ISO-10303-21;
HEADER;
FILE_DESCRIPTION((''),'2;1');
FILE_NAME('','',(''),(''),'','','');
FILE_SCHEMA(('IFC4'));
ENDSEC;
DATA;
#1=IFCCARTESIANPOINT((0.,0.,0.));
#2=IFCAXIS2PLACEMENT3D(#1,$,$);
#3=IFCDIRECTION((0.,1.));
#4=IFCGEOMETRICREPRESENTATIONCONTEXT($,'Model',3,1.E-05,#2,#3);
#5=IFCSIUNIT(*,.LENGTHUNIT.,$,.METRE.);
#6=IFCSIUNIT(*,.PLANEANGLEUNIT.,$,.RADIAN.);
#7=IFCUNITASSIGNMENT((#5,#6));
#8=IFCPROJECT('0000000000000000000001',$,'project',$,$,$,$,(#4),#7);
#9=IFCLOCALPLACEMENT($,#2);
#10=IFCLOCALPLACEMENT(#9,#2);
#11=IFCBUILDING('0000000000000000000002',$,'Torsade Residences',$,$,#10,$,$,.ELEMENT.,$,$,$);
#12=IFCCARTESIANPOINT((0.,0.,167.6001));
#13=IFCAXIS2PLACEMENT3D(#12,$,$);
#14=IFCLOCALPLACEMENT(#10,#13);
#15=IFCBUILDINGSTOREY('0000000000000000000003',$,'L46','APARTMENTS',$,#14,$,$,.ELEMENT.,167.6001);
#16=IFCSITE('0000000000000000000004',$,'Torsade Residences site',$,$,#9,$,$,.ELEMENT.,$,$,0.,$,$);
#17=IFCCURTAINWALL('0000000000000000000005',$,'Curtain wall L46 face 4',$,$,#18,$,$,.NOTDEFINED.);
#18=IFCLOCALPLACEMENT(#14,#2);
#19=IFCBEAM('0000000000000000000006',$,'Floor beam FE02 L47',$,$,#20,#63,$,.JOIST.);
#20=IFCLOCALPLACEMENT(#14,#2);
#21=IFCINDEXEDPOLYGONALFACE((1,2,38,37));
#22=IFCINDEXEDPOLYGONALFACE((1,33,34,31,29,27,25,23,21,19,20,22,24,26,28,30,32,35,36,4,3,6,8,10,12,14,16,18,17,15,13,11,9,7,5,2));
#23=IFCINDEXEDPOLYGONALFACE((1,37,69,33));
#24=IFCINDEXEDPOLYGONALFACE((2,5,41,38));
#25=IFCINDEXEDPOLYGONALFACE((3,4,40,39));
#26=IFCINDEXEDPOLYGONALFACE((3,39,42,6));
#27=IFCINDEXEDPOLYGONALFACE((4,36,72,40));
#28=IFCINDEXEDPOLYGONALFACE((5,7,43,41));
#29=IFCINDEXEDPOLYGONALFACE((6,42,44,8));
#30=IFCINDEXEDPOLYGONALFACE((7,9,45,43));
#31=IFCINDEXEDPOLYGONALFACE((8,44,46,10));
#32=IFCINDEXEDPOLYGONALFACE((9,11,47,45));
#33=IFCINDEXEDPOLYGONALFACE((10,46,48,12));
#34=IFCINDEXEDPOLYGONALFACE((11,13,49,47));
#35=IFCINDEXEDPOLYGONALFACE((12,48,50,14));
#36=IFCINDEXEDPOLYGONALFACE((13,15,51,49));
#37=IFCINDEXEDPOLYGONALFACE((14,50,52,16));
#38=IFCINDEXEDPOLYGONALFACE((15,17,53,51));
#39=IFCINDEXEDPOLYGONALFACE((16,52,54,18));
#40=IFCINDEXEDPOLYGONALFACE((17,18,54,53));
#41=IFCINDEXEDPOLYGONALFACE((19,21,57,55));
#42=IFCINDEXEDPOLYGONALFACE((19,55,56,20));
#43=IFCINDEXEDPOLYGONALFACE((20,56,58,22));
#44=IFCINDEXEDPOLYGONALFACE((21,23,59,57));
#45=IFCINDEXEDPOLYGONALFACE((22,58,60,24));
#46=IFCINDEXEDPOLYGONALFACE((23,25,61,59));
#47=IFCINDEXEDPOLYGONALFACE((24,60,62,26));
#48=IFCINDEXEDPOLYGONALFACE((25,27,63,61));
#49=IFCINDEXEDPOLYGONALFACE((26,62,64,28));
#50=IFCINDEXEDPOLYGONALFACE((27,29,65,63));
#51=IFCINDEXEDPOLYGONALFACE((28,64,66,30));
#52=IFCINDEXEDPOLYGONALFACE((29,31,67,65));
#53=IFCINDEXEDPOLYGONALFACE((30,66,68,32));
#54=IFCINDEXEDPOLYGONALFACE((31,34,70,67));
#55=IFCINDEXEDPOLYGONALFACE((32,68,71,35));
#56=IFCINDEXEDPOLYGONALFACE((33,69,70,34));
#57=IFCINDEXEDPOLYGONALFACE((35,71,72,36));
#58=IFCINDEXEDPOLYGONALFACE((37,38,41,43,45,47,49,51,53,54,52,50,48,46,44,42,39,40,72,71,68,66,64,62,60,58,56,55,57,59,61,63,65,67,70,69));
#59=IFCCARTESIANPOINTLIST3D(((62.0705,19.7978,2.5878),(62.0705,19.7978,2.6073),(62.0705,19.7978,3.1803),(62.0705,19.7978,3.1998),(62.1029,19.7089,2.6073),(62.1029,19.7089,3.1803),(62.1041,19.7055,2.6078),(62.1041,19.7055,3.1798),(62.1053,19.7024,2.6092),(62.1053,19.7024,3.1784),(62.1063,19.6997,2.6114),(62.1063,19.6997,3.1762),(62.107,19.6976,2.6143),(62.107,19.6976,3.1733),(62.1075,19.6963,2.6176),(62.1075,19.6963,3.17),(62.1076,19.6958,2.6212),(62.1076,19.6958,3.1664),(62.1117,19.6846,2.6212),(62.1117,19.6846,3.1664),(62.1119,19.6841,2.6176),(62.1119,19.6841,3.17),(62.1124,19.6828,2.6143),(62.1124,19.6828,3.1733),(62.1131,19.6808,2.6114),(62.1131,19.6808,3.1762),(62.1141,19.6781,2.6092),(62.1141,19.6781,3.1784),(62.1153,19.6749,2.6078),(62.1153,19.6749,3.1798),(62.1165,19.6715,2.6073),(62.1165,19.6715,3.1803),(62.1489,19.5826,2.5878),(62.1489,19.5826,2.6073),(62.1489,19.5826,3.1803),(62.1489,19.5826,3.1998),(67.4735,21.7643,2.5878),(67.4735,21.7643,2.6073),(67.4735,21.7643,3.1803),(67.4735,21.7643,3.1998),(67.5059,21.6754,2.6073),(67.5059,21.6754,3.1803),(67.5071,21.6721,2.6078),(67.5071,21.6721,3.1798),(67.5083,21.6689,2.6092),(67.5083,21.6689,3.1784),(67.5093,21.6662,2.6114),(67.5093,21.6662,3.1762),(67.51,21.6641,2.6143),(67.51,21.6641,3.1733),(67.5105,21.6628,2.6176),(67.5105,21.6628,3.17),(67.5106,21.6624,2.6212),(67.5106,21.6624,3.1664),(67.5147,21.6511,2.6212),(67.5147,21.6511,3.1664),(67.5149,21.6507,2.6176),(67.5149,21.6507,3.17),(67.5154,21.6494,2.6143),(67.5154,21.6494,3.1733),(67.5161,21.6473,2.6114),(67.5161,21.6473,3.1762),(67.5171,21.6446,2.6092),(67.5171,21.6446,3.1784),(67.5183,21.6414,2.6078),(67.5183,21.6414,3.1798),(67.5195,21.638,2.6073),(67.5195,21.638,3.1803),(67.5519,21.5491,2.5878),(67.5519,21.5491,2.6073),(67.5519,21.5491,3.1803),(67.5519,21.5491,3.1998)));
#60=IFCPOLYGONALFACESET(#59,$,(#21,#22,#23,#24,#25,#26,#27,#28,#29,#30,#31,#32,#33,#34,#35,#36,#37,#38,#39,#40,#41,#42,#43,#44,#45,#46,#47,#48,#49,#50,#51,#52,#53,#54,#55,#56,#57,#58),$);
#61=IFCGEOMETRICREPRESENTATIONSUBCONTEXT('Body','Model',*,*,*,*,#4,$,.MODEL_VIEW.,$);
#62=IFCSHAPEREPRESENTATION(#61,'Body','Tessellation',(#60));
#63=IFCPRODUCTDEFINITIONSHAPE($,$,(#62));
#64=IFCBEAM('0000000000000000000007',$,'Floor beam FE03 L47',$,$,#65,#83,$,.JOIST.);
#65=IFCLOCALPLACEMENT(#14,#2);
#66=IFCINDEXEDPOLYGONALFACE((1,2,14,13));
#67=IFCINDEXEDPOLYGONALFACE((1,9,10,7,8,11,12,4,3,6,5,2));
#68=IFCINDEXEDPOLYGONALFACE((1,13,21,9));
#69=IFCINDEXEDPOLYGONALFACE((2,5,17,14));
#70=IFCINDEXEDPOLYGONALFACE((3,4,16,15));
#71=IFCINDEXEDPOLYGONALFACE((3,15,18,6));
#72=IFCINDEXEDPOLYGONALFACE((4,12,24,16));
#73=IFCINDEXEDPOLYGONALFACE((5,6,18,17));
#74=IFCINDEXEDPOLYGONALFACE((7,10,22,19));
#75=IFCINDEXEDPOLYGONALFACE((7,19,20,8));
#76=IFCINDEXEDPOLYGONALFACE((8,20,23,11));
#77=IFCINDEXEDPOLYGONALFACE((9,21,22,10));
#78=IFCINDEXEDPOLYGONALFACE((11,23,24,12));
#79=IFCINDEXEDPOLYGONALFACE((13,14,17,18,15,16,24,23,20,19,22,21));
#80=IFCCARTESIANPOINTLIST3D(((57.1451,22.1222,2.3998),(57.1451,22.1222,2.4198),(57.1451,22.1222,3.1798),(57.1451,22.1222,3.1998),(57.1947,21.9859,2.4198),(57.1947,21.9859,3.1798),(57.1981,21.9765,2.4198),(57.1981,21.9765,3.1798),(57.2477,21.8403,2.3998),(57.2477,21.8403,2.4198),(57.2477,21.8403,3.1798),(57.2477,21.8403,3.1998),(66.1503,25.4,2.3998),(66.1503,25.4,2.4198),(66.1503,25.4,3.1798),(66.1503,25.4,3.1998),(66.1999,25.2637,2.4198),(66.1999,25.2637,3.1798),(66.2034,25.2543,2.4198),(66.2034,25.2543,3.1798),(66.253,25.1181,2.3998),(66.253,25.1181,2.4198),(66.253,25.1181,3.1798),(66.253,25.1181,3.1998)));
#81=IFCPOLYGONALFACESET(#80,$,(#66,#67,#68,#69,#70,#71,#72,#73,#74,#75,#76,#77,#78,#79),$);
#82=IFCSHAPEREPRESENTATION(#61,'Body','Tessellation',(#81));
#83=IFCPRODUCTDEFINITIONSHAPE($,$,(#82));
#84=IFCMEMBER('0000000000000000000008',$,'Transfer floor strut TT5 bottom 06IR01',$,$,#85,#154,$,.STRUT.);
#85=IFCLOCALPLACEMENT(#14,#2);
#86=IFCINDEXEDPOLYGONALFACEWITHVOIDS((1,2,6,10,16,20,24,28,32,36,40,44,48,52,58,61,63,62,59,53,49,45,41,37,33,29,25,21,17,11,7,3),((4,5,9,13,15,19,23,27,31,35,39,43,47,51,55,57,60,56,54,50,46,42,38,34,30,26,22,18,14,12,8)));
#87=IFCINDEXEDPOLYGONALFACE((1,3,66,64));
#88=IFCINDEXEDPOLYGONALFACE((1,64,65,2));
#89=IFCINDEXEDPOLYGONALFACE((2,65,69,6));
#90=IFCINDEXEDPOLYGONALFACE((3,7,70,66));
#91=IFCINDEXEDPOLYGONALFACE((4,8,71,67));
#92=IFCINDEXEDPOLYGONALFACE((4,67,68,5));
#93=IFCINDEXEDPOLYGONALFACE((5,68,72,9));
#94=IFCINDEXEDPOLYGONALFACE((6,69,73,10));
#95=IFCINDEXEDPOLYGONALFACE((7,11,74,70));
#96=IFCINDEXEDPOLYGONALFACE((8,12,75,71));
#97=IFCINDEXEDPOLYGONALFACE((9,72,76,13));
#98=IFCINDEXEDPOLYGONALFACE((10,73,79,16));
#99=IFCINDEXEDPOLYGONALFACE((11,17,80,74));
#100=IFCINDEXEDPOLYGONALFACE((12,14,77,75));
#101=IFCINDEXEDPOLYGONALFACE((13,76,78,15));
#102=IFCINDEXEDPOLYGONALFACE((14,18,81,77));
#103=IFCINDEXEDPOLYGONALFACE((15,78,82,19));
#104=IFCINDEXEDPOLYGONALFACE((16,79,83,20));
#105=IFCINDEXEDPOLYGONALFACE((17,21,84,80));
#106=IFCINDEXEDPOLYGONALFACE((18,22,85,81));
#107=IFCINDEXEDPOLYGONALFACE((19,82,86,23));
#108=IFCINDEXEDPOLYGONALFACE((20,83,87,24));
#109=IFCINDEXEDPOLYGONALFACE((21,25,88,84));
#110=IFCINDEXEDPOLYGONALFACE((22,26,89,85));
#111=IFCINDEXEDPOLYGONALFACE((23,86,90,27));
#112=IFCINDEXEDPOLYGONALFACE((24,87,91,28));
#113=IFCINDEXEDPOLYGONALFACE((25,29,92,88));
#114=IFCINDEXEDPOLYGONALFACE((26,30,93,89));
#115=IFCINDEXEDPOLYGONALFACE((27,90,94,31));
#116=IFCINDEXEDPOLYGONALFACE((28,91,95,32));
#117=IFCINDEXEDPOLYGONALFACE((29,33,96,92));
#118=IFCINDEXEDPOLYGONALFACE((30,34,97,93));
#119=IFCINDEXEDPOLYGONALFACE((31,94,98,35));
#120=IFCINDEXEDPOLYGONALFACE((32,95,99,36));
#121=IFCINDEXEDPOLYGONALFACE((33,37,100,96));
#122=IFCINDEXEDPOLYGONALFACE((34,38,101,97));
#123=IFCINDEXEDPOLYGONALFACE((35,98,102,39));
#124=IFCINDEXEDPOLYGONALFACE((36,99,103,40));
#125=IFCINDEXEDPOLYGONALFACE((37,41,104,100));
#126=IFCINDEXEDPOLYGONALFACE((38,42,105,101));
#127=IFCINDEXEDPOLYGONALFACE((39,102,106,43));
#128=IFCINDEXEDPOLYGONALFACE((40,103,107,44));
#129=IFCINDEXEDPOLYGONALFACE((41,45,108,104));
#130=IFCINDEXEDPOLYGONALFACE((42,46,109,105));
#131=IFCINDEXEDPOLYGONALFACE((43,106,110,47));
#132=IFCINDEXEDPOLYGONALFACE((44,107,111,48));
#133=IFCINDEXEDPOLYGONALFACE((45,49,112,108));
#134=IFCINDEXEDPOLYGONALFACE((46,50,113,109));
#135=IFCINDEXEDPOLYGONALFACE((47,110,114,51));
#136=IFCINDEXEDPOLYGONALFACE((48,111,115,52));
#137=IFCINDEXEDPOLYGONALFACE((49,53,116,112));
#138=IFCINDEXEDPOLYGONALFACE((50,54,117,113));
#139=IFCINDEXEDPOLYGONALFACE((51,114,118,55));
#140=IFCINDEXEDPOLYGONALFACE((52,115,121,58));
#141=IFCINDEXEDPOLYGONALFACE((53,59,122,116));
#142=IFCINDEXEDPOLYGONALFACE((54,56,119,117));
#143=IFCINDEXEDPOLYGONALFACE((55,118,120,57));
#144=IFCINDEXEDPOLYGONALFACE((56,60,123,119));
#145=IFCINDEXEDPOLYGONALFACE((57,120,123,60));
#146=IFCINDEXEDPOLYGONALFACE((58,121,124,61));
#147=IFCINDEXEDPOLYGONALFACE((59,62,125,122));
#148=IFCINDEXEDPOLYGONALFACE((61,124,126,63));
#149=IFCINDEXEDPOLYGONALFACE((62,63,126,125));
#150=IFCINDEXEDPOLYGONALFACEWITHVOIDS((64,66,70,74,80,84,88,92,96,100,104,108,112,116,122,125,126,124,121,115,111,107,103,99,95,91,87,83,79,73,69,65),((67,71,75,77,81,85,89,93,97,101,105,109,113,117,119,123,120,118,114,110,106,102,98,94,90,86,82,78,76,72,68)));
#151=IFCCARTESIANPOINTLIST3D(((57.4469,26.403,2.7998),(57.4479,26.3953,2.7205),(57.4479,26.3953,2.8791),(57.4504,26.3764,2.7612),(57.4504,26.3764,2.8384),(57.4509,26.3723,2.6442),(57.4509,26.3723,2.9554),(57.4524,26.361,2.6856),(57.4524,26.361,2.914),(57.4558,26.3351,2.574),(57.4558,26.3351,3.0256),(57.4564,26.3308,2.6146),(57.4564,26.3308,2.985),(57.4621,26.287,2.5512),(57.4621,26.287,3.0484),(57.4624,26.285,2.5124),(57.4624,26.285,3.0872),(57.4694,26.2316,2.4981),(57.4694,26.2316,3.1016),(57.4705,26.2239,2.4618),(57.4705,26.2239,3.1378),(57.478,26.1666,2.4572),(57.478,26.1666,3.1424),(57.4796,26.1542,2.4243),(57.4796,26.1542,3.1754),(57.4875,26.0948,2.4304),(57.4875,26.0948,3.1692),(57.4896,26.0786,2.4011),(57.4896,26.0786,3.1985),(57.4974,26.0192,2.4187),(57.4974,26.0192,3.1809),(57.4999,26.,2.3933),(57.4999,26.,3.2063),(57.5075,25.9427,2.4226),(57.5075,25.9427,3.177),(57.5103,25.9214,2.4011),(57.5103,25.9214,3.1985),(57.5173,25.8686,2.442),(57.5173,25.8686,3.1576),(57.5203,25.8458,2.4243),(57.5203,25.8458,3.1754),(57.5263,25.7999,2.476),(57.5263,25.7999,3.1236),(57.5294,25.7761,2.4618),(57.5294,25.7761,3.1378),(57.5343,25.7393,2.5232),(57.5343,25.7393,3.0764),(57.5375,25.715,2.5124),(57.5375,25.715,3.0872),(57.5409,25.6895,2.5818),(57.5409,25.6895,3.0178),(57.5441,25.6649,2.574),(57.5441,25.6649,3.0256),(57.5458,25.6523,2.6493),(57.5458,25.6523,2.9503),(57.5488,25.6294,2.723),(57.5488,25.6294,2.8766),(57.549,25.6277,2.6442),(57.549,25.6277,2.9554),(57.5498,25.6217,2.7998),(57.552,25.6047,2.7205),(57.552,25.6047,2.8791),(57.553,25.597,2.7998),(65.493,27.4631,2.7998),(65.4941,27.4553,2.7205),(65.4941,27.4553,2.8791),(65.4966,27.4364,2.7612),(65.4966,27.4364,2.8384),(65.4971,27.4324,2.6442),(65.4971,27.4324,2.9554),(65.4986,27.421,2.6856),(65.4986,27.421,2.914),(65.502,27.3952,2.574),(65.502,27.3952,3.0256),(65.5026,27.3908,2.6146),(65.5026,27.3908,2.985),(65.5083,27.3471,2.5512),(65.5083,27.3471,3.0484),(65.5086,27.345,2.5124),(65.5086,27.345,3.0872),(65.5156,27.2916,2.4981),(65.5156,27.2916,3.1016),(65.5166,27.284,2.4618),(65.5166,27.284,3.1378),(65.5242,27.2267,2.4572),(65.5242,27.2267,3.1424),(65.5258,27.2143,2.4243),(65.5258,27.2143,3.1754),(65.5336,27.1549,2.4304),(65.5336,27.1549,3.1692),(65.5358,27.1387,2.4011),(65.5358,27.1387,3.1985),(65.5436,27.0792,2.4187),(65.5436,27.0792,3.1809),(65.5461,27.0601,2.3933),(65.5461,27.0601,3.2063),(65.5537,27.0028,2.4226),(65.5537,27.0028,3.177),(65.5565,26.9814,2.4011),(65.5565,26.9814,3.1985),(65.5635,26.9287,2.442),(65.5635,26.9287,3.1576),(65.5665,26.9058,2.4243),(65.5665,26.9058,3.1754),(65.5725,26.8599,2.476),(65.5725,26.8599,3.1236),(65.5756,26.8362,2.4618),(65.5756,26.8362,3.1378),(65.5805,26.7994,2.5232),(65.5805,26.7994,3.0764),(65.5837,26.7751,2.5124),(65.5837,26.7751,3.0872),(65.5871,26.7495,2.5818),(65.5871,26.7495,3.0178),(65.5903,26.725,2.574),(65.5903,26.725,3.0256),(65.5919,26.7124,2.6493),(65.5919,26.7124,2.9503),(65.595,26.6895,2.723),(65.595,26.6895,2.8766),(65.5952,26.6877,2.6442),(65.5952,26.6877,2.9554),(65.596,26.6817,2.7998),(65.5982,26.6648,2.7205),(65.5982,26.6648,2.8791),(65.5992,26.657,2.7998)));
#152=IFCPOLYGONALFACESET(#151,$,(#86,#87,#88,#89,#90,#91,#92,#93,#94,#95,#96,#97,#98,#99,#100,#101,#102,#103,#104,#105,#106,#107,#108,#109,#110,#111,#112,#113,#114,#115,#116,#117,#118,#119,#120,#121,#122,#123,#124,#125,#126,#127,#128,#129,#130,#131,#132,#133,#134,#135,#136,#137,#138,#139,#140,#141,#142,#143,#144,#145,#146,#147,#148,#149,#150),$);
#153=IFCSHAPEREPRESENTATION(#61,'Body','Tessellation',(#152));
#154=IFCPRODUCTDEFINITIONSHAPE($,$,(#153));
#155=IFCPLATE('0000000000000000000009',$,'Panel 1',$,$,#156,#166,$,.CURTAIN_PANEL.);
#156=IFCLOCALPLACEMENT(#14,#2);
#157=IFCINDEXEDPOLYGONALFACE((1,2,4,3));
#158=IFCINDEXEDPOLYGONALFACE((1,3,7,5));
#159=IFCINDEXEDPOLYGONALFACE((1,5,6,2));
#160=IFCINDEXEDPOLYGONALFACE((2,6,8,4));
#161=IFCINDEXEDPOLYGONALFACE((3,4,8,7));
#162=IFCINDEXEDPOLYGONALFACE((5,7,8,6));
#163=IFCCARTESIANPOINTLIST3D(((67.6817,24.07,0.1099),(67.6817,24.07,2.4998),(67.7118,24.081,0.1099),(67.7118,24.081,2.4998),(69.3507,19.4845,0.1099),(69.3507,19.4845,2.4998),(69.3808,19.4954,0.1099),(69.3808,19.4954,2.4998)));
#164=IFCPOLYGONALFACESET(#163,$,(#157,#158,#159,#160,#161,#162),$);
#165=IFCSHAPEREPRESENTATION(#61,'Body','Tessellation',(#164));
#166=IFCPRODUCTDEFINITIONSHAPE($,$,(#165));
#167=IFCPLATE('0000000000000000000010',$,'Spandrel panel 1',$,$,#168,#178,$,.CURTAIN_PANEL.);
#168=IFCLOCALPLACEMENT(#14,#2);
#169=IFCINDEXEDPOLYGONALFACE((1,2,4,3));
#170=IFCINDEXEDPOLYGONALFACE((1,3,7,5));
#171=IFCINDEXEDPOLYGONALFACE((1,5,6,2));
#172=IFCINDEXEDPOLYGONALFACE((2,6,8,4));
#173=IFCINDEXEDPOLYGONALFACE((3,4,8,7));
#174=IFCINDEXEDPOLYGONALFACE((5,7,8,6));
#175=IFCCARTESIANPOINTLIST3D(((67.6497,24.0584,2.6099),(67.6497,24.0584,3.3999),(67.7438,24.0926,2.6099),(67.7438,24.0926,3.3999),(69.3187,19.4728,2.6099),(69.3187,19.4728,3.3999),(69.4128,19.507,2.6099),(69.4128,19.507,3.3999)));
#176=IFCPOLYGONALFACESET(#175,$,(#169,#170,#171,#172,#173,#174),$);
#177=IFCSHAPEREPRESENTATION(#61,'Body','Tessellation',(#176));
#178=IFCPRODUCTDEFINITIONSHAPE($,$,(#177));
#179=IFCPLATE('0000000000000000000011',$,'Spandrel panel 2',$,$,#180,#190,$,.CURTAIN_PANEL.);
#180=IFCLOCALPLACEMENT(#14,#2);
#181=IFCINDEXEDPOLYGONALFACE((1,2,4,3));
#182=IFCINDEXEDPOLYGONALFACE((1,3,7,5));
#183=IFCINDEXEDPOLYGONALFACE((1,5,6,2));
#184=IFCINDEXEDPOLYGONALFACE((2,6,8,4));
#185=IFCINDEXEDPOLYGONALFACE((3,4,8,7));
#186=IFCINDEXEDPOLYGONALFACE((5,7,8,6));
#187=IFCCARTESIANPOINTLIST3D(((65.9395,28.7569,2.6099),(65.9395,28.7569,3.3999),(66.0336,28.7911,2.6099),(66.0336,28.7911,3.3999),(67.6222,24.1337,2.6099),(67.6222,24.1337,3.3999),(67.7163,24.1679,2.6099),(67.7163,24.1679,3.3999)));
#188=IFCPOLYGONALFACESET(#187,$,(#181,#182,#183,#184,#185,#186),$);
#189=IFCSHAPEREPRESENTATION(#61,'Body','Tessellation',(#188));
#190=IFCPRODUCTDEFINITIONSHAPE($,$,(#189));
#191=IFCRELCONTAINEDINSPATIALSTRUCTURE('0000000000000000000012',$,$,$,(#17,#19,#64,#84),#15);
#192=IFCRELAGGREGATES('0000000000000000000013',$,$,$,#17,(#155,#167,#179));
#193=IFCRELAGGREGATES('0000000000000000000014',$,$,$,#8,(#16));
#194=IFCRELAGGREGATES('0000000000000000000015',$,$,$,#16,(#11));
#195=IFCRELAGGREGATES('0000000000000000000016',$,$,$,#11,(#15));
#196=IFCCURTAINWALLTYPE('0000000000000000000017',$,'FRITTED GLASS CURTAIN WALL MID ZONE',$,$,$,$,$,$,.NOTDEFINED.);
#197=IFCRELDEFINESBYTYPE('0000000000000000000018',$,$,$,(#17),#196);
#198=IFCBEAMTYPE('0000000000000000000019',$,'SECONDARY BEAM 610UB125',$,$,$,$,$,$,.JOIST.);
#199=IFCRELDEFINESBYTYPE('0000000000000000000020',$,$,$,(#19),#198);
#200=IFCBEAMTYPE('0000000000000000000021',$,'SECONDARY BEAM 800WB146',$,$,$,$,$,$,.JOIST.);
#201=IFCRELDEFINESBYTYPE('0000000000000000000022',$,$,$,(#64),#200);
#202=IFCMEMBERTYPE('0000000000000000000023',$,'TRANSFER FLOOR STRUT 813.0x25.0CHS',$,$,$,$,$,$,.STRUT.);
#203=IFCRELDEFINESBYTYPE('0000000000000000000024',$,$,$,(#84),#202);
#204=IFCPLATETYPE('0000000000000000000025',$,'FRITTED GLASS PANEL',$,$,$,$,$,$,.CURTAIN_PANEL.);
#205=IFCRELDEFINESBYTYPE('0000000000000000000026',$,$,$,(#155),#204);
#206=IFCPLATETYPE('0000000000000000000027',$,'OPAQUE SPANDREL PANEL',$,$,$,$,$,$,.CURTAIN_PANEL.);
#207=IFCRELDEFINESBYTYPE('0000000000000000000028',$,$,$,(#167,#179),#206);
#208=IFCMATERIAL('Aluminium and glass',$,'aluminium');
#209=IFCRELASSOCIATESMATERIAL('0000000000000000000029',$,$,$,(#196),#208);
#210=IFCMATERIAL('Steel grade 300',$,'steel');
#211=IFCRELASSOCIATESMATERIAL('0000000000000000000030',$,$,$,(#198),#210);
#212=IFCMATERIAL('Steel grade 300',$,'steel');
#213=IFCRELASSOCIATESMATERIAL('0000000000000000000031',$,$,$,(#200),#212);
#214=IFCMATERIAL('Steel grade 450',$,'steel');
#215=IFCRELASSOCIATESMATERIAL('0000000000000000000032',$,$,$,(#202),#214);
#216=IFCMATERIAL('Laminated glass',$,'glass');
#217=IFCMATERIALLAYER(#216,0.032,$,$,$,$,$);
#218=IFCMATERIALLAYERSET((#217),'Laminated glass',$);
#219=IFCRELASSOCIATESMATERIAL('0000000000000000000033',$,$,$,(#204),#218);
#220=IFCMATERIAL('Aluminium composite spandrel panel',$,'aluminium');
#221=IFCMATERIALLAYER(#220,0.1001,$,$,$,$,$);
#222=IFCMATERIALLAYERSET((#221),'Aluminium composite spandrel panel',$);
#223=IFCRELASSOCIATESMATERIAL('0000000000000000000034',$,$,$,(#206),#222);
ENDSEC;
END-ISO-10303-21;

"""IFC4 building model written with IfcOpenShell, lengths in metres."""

from ifc_helpers import new_model, si_unit, direction, frame, origin, origin_2d, place, context, subcontext, project, spatial, rectangle, hollow_circle, i_section, extrude, material, layer, layer_set, material_profile, profile_set, type_object, element, aggregate, save


model = new_model("IFC4")

# Units and contexts
model_context = context("Model", 3, precision=1e-05, world=origin(), true_north=direction((0.0, 1.0)))
body_context = subcontext(model_context, "Body", "Model", "MODEL_VIEW")
ifc_project = project(units=[si_unit("LENGTHUNIT", "METRE"), si_unit("PLANEANGLEUNIT", "RADIAN")], contexts=[model_context])

# Site, building, storey
site_placement = place(None, origin())
site = spatial("IfcSite", under=ifc_project, at=site_placement, Name="Torsade Residences site", CompositionType="ELEMENT", RefElevation=0.0)
building_placement = place(site_placement, origin())
building = spatial("IfcBuilding", under=site, at=building_placement, Name="Torsade Residences", CompositionType="ELEMENT")
storey_placement = place(building_placement, frame((0.0, 0.0, 167.6001)))
storey = spatial("IfcBuildingStorey", under=building, at=storey_placement, Name="L46", Description="APARTMENTS", CompositionType="ELEMENT", Elevation=167.6001)

# Curtain wall
ifc_material_1 = material(Name="Aluminium and glass", Category="aluminium")
curtain_wall_type = type_object("IfcCurtainWallType", Name="FRITTED GLASS CURTAIN WALL MID ZONE", PredefinedType="NOTDEFINED", material=ifc_material_1)
curtain_wall_placement = place(storey_placement, origin())
curtain_wall = element("IfcCurtainWall", 1, at=curtain_wall_placement, inside=storey, type_object=curtain_wall_type, Name="Curtain wall L46 face 4", PredefinedType="NOTDEFINED")

# Beams
ifc_material_2 = material(Name="Steel grade 300", Category="steel")
ifc_material_profile_1 = material_profile(ifc_material_2, i_section(OverallWidth=0.229, OverallDepth=0.6121, WebThickness=0.012, FlangeThickness=0.0195, FilletRadius=0.0139, at=origin_2d()), Name="610UB125")
ifc_profile_set_1 = profile_set([ifc_material_profile_1], Name="Steel grade 300")
beam_type_1 = type_object("IfcBeamType", Name="SECONDARY BEAM 610UB125", PredefinedType="JOIST", material=ifc_profile_set_1)
beam_1_placement = place(storey_placement, frame((67.5127, 21.6567, 2.8938), z_axis=(-0.939693, -0.342019, 0.0), x_axis=(0.342019, -0.939693, 0.0)))
element("IfcBeam", 2, at=beam_1_placement, inside=storey, type_object=beam_type_1, Name="Floor beam FE02 L47", PredefinedType="JOIST", context=body_context, shape_type="SweptSolid", body=[
    extrude(i_section(OverallWidth=0.229, OverallDepth=0.6121, WebThickness=0.012, FlangeThickness=0.0195, FilletRadius=0.0139, at=origin_2d()), origin(), (0.0, 0.0, 1.0), 5.7498),
])
ifc_material_3 = material(Name="Steel grade 300", Category="steel")
ifc_material_profile_2 = material_profile(ifc_material_3, i_section(OverallWidth=0.3, OverallDepth=0.8, WebThickness=0.01, FlangeThickness=0.02, at=origin_2d()), Name="800WB146")
ifc_profile_set_2 = profile_set([ifc_material_profile_2], Name="Steel grade 300")
beam_type_2 = type_object("IfcBeamType", Name="SECONDARY BEAM 800WB146", PredefinedType="JOIST", material=ifc_profile_set_2)
beam_2_placement = place(storey_placement, frame((66.2017, 25.259, 2.7998), z_axis=(-0.939688, -0.342034, 0.0), x_axis=(0.342034, -0.939688, 0.0)))
element("IfcBeam", 3, at=beam_2_placement, inside=storey, type_object=beam_type_2, Name="Floor beam FE03 L47", PredefinedType="JOIST", context=body_context, shape_type="SweptSolid", body=[
    extrude(i_section(OverallWidth=0.3, OverallDepth=0.8, WebThickness=0.01, FlangeThickness=0.02, at=origin_2d()), origin(), (0.0, 0.0, 1.0), 9.5833),
])

# Member
ifc_material_4 = material(Name="Steel grade 450", Category="steel")
ifc_material_profile_3 = material_profile(ifc_material_4, hollow_circle(Radius=0.4065, WallThickness=0.0249, at=origin_2d()), Name="813.0x25.0CHS")
ifc_profile_set_3 = profile_set([ifc_material_profile_3], Name="Steel grade 450")
member_type_1 = type_object("IfcMemberType", Name="TRANSFER FLOOR STRUT 813.0x25.0CHS", PredefinedType="STRUT", material=ifc_profile_set_3)
member_1_placement = place(storey_placement, frame((65.5461, 27.0601, 2.7998), z_axis=(-0.991433, -0.130619, 0.0), x_axis=(0.130619, -0.991433, 0.0)))
element("IfcMember", 4, at=member_1_placement, inside=storey, type_object=member_type_1, Name="Transfer floor strut TT5 bottom 06IR01", PredefinedType="STRUT", context=body_context, shape_type="SweptSolid", body=[
    extrude(hollow_circle(Radius=0.4065, WallThickness=0.0249, at=origin_2d()), origin(), (0.0, 0.0, 1.0), 8.1157),
])

# Plates
ifc_material_5 = material(Name="Laminated glass", Category="glass")
ifc_layer_1 = layer(ifc_material_5, 0.032)
ifc_layer_set_1 = layer_set([ifc_layer_1], Name="Laminated glass")
plate_type_1 = type_object("IfcPlateType", Name="FRITTED GLASS PANEL", PredefinedType="CURTAIN_PANEL", material=ifc_layer_set_1)
plate_1_placement = place(storey_placement, frame((68.5312, 21.7827, 0.1099), z_axis=(0.0, 0.0, 1.0), x_axis=(-0.34202, 0.939693, 0.0)))
plate_1 = element("IfcPlate", 5, at=plate_1_placement, type_object=plate_type_1, Name="Panel 1", PredefinedType="CURTAIN_PANEL", context=body_context, shape_type="SweptSolid", body=[
    extrude(rectangle(XDim=4.8799, YDim=0.032, at=origin_2d()), origin(), (0.0, 0.0, 1.0), 2.3899),
])
ifc_material_6 = material(Name="Aluminium composite spandrel panel", Category="aluminium")
ifc_layer_2 = layer(ifc_material_6, 0.1001)
ifc_layer_set_2 = layer_set([ifc_layer_2], Name="Aluminium composite spandrel panel")
plate_type_2 = type_object("IfcPlateType", Name="OPAQUE SPANDREL PANEL", PredefinedType="CURTAIN_PANEL", material=ifc_layer_set_2)
plate_2_placement = place(storey_placement, frame((68.5312, 21.7827, 2.6099), z_axis=(0.0, 0.0, 1.0), x_axis=(-0.34202, 0.939693, 0.0)))
plate_2 = element("IfcPlate", 6, at=plate_2_placement, type_object=plate_type_2, Name="Spandrel panel 1", PredefinedType="CURTAIN_PANEL", context=body_context, shape_type="SweptSolid", body=[
    extrude(rectangle(XDim=4.8799, YDim=0.1001, at=origin_2d()), origin(), (0.0, 0.0, 1.0), 0.79),
])
plate_3_placement = place(storey_placement, frame((66.8279, 26.4624, 2.6099), z_axis=(0.0, 0.0, 1.0), x_axis=(-0.34202, 0.939693, 0.0)))
plate_3 = element("IfcPlate", 7, at=plate_3_placement, type_object=plate_type_2, Name="Spandrel panel 2", PredefinedType="CURTAIN_PANEL", context=body_context, shape_type="SweptSolid", body=[
    extrude(rectangle(XDim=4.9199, YDim=0.1001, at=origin_2d()), origin(), (0.0, 0.0, 1.0), 0.79),
])
aggregate(curtain_wall, [plate_1, plate_2, plate_3])

save(model, "model.ifc")
